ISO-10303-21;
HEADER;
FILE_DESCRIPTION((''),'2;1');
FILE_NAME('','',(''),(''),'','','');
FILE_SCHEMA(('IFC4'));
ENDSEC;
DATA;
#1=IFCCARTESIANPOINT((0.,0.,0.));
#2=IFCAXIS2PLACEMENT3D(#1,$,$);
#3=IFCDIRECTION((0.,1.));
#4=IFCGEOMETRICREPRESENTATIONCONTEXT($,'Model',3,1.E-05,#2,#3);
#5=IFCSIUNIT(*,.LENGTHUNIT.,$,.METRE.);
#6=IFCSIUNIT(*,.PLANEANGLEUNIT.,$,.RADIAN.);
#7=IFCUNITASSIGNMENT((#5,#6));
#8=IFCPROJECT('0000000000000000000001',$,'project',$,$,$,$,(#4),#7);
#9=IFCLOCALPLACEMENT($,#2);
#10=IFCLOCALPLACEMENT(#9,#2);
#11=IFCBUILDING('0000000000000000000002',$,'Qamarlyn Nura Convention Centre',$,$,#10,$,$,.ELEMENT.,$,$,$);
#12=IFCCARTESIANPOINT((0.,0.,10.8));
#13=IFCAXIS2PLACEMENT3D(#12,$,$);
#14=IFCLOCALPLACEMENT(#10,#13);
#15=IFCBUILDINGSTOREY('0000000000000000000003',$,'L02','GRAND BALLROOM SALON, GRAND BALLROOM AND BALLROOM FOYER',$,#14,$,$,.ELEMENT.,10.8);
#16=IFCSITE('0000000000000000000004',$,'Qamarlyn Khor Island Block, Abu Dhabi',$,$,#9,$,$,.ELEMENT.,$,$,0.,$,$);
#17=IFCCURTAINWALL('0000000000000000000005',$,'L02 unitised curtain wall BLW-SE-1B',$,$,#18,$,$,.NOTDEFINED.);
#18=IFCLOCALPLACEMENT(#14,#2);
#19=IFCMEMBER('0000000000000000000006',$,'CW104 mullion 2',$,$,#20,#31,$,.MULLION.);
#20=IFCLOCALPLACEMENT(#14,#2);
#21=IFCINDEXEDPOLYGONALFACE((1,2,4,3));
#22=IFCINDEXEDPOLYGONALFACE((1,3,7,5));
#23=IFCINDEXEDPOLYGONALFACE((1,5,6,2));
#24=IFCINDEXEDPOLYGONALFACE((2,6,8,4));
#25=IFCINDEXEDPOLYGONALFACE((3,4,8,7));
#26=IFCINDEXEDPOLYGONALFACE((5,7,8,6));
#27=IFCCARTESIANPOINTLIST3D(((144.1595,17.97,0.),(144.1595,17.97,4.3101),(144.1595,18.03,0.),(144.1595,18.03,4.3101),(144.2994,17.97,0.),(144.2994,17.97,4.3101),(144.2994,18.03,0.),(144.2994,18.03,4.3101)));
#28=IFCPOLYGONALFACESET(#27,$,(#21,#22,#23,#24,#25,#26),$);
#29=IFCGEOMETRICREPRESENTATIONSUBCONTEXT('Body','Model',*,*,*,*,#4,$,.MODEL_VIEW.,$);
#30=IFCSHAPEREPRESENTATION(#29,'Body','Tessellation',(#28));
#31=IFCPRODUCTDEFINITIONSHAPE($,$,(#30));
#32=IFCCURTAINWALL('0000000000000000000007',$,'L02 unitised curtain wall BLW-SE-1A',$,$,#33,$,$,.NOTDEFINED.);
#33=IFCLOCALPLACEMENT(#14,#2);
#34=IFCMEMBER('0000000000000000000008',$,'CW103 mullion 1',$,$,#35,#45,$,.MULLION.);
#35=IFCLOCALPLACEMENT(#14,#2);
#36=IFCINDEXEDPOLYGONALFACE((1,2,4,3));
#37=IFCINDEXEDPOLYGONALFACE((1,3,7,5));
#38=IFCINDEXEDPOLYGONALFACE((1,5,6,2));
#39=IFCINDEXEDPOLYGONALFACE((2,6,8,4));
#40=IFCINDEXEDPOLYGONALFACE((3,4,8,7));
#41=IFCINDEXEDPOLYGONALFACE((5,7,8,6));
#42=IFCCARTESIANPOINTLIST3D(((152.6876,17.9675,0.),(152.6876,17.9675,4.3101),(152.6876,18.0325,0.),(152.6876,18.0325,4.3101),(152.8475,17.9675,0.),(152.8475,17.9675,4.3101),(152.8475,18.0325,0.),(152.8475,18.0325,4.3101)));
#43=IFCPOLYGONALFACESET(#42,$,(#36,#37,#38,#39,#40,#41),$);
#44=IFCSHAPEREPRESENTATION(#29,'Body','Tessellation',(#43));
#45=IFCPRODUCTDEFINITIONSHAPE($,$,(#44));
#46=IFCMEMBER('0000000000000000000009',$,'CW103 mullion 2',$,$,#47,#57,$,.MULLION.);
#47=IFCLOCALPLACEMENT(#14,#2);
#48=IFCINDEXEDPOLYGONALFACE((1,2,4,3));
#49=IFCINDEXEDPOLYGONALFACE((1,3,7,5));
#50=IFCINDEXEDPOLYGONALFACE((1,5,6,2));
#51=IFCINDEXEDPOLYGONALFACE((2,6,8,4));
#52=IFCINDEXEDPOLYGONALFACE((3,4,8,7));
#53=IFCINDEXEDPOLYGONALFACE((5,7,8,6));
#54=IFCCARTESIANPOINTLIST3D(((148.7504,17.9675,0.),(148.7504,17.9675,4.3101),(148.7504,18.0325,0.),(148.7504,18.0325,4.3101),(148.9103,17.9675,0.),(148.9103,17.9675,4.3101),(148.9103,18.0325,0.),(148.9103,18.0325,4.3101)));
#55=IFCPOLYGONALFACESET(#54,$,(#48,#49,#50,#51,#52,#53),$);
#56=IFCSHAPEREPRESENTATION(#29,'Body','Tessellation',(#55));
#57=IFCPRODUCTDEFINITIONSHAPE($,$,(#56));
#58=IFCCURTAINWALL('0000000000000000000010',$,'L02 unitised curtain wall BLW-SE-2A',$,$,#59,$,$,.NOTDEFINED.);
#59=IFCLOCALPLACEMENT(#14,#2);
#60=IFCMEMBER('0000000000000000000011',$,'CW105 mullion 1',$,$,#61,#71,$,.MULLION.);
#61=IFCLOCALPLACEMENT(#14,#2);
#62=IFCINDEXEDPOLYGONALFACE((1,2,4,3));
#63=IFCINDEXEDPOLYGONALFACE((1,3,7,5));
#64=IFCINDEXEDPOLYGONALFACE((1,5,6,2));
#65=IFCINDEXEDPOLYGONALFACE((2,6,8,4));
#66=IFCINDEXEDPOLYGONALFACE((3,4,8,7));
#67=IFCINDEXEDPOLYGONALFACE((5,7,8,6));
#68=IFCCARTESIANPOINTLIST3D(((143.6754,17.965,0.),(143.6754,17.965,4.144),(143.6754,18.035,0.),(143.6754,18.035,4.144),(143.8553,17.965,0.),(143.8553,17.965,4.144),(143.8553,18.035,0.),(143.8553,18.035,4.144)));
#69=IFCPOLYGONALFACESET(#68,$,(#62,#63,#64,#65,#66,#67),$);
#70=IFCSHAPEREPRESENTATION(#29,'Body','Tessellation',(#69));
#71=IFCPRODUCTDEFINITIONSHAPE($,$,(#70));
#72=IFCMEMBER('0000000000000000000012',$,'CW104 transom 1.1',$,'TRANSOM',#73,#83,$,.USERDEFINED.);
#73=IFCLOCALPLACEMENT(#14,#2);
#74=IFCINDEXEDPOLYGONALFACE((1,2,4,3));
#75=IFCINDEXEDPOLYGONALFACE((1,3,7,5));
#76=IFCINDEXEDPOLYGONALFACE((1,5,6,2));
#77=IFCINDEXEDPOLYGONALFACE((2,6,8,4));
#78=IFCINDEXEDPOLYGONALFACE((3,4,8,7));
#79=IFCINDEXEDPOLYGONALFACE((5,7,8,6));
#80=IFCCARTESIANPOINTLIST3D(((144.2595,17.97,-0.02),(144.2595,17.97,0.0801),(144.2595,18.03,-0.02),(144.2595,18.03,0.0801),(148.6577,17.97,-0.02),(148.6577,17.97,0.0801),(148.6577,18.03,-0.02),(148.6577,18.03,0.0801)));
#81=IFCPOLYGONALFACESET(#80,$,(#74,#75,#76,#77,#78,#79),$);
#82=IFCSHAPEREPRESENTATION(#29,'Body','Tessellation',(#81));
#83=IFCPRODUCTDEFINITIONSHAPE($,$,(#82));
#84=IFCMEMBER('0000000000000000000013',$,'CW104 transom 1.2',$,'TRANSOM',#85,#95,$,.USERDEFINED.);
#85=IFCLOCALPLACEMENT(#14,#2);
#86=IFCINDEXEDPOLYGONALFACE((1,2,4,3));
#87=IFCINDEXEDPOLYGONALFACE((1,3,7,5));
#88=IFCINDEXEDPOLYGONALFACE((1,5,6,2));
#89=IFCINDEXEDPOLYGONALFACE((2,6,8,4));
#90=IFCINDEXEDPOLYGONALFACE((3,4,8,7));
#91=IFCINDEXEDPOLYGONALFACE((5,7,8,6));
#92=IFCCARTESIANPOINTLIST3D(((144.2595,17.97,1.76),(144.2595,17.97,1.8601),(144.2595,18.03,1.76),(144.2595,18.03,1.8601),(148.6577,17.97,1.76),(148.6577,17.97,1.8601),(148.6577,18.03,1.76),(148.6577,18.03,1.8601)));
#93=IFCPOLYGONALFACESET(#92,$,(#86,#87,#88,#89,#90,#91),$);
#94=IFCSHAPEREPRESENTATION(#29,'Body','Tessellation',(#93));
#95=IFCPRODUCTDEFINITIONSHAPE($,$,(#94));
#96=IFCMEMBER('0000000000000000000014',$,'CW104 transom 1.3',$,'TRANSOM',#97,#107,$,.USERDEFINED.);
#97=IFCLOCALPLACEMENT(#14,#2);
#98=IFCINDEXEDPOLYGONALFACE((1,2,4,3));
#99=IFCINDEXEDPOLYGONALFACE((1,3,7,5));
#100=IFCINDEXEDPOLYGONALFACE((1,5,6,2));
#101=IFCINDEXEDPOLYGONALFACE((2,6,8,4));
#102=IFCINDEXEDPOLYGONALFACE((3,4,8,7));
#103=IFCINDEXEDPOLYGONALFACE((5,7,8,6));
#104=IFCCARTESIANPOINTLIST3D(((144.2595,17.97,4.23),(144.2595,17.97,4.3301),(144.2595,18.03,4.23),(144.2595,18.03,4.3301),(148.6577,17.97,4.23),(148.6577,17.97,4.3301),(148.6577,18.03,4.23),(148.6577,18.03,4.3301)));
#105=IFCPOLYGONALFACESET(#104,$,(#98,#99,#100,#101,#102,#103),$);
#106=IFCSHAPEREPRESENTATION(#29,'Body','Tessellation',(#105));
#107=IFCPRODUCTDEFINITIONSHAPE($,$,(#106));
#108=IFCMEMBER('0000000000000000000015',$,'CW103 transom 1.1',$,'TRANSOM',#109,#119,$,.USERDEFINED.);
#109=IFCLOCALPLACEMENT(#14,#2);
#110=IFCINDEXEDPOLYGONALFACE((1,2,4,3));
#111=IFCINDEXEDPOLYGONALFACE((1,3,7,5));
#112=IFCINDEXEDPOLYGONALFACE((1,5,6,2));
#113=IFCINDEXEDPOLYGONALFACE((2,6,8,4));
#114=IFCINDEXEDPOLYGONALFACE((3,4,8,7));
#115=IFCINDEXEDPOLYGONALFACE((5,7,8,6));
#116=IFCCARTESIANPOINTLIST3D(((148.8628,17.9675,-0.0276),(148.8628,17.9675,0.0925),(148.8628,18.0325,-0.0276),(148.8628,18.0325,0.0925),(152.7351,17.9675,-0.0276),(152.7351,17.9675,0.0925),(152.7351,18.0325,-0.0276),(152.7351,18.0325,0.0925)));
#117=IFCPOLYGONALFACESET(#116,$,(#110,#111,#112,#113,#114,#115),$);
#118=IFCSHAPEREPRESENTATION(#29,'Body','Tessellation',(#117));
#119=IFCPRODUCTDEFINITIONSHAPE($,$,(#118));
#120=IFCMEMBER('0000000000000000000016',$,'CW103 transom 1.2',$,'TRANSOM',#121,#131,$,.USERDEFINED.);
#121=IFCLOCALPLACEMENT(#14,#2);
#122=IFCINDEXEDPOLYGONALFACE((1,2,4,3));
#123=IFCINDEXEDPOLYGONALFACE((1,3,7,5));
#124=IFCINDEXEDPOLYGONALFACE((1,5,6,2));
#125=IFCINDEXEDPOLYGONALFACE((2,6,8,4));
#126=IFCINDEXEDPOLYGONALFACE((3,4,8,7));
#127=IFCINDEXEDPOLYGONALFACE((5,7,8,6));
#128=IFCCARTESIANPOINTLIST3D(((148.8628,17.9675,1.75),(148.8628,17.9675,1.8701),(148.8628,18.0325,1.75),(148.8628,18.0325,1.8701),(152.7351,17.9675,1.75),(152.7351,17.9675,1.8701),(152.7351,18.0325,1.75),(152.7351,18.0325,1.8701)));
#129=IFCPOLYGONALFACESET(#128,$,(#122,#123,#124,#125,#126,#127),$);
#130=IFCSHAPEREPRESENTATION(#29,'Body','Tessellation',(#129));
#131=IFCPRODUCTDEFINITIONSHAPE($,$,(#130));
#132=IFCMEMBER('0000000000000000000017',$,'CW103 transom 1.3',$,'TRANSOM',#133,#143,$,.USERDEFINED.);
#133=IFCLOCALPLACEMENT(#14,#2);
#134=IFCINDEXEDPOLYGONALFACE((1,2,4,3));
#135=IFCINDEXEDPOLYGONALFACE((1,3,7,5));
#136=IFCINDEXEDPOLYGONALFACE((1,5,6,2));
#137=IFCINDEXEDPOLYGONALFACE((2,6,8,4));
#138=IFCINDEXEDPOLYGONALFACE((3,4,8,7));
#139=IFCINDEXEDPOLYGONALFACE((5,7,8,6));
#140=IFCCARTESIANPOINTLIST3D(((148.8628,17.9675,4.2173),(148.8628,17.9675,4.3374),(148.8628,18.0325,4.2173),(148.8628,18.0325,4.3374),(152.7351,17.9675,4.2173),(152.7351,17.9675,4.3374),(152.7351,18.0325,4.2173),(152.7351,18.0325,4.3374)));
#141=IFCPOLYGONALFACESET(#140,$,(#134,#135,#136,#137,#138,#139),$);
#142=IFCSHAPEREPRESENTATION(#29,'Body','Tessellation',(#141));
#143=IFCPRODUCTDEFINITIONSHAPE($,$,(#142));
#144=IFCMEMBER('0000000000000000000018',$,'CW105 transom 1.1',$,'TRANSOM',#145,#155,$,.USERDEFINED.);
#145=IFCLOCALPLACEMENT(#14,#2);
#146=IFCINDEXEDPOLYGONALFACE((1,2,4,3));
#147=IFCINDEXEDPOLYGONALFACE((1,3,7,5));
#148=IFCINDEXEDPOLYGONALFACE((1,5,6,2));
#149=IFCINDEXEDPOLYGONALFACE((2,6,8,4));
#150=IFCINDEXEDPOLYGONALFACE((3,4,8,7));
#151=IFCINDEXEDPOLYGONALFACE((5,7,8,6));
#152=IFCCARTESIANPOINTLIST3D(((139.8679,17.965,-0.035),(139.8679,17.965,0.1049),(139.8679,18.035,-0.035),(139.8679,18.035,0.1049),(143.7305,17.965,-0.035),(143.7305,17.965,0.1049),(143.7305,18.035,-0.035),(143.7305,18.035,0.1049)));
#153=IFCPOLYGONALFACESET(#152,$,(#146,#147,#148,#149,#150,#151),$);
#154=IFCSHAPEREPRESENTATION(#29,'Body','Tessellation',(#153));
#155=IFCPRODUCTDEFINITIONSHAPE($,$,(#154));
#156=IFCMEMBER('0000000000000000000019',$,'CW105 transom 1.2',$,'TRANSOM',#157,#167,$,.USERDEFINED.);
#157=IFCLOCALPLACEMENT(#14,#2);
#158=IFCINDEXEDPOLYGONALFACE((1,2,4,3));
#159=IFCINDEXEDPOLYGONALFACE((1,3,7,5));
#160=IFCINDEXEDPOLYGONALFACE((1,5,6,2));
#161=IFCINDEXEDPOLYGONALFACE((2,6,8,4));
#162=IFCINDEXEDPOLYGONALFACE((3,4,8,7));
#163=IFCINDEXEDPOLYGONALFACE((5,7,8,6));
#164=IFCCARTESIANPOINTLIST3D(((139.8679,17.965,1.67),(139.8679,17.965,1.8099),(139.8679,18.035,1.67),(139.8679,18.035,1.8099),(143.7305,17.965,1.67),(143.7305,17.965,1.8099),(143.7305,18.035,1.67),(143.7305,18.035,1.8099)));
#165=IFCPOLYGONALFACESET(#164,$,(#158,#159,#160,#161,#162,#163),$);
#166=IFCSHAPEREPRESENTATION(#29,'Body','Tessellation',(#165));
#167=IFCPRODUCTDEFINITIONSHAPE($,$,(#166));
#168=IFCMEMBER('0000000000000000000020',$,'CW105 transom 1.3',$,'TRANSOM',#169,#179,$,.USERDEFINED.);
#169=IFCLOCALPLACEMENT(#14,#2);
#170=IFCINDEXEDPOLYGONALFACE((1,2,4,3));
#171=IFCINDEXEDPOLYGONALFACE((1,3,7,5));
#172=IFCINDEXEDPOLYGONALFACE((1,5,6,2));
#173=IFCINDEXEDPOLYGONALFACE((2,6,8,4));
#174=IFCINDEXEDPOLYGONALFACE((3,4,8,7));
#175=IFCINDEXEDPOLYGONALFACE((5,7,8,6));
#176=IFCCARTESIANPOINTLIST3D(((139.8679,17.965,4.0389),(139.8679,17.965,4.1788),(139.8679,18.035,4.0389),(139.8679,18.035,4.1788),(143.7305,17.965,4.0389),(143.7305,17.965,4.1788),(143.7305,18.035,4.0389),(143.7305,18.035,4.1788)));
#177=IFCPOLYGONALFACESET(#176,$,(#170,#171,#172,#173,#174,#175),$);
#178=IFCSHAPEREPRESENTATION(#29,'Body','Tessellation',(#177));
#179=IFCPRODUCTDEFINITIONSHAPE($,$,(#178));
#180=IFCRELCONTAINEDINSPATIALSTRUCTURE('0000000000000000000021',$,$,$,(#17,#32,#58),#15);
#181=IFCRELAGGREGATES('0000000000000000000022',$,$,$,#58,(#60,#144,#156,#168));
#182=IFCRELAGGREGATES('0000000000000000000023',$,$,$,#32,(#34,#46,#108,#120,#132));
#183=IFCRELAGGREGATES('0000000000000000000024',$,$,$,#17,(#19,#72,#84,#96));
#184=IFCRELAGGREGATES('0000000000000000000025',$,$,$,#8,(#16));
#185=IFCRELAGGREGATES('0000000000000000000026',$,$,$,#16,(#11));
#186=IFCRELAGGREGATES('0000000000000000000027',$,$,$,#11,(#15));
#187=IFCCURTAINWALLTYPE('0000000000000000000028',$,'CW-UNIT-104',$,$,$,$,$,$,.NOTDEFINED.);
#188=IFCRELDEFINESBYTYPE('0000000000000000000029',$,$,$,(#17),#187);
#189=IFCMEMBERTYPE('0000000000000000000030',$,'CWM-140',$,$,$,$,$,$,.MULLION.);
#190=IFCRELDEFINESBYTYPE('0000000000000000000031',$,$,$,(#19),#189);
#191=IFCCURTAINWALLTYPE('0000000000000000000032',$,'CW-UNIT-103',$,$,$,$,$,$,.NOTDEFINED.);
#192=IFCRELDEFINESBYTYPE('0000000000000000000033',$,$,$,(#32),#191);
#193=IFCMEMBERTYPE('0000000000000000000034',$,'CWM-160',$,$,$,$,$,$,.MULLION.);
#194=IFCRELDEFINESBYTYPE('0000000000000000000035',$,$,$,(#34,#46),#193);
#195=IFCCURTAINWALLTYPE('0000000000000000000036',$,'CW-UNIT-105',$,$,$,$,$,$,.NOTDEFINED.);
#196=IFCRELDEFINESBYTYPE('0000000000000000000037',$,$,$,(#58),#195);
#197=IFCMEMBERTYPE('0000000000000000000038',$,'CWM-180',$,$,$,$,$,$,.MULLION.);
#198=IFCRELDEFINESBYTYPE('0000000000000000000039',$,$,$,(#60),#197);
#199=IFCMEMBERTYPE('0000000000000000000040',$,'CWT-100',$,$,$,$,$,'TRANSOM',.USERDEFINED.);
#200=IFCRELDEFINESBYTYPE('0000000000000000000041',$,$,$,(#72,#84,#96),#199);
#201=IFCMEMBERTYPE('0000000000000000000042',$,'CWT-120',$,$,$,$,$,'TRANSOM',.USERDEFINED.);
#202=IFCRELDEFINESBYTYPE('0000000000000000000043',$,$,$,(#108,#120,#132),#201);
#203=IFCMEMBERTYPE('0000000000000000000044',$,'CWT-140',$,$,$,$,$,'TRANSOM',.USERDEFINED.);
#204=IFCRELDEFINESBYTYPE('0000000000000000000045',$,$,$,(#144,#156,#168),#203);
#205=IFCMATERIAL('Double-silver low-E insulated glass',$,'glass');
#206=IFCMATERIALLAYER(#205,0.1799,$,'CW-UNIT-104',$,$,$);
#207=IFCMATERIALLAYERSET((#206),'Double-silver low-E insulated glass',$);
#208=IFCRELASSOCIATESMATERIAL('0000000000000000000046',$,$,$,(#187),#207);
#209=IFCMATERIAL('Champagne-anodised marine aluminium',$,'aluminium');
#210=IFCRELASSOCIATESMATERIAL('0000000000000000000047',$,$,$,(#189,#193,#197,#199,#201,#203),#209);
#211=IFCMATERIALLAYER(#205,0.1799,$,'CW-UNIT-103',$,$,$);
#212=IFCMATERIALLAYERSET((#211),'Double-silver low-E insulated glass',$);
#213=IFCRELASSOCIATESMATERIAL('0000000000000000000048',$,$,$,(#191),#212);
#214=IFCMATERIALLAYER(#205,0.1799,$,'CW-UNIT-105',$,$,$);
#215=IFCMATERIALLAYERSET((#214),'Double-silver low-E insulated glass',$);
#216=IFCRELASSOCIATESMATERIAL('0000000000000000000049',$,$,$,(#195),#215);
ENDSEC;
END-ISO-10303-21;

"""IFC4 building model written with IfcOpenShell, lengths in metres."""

from ifc_helpers import new_model, si_unit, direction, frame, origin, origin_2d, place, context, subcontext, project, spatial, rectangle, extrude, material, layer, layer_set, material_profile, profile_set, type_object, element, aggregate, save


model = new_model("IFC4")

# Units and contexts
model_context = context("Model", 3, precision=1e-05, world=origin(), true_north=direction((0.0, 1.0)))
body_context = subcontext(model_context, "Body", "Model", "MODEL_VIEW")
ifc_project = project(units=[si_unit("LENGTHUNIT", "METRE"), si_unit("PLANEANGLEUNIT", "RADIAN")], contexts=[model_context])

# Site, building, storey
site_placement = place(None, origin())
site = spatial("IfcSite", under=ifc_project, at=site_placement, Name="Qamarlyn Khor Island Block, Abu Dhabi", CompositionType="ELEMENT", RefElevation=0.0)
building_placement = place(site_placement, origin())
building = spatial("IfcBuilding", under=site, at=building_placement, Name="Qamarlyn Nura Convention Centre", CompositionType="ELEMENT")
storey_placement = place(building_placement, frame((0.0, 0.0, 10.8)))
storey = spatial("IfcBuildingStorey", under=building, at=storey_placement, Name="L02", Description="GRAND BALLROOM SALON, GRAND BALLROOM AND BALLROOM FOYER", CompositionType="ELEMENT", Elevation=10.8)

# Curtain walls, members
ifc_material_1 = material(Name="Double-silver low-E insulated glass", Category="glass")
ifc_layer_1 = layer(ifc_material_1, 0.1799, Name="CW-UNIT-104")
ifc_layer_set_1 = layer_set([ifc_layer_1], Name="Double-silver low-E insulated glass")
curtain_wall_type_1 = type_object("IfcCurtainWallType", Name="CW-UNIT-104", PredefinedType="NOTDEFINED", material=ifc_layer_set_1)
curtain_wall_1_placement = place(storey_placement, origin())
curtain_wall_1 = element("IfcCurtainWall", 1, at=curtain_wall_1_placement, inside=storey, type_object=curtain_wall_type_1, Name="L02 unitised curtain wall BLW-SE-1B", PredefinedType="NOTDEFINED")
ifc_material_2 = material(Name="Champagne-anodised marine aluminium", Category="aluminium")
ifc_material_profile_1 = material_profile(ifc_material_2, rectangle(XDim=0.0601, YDim=0.1399, at=origin_2d()), Name="ALU MULLION 60x140")
ifc_profile_set_1 = profile_set([ifc_material_profile_1], Name="Champagne-anodised marine aluminium")
member_type_1 = type_object("IfcMemberType", Name="CWM-140", PredefinedType="MULLION", material=ifc_profile_set_1)
member_1_placement = place(storey_placement, frame((144.2295, 18.0, 0.0), z_axis=(0.0, 0.0, 1.0), x_axis=(0.0, -1.0, 0.0)))
member_1 = element("IfcMember", 2, at=member_1_placement, type_object=member_type_1, Name="CW104 mullion 2", PredefinedType="MULLION", context=body_context, shape_type="SweptSolid", body=[
    extrude(rectangle(XDim=0.0601, YDim=0.1399, at=origin_2d()), origin(), (0.0, 0.0, 1.0), 4.3101),
])
ifc_layer_2 = layer(ifc_material_1, 0.1799, Name="CW-UNIT-103")
ifc_layer_set_2 = layer_set([ifc_layer_2], Name="Double-silver low-E insulated glass")
curtain_wall_type_2 = type_object("IfcCurtainWallType", Name="CW-UNIT-103", PredefinedType="NOTDEFINED", material=ifc_layer_set_2)
curtain_wall_2_placement = place(storey_placement, origin())
curtain_wall_2 = element("IfcCurtainWall", 3, at=curtain_wall_2_placement, inside=storey, type_object=curtain_wall_type_2, Name="L02 unitised curtain wall BLW-SE-1A", PredefinedType="NOTDEFINED")
ifc_material_profile_2 = material_profile(ifc_material_2, rectangle(XDim=0.0649, YDim=0.1599, at=origin_2d()), Name="ALU MULLION 65x160")
ifc_profile_set_2 = profile_set([ifc_material_profile_2], Name="Champagne-anodised marine aluminium")
member_type_2 = type_object("IfcMemberType", Name="CWM-160", PredefinedType="MULLION", material=ifc_profile_set_2)
member_2_placement = place(storey_placement, frame((152.7676, 18.0, 0.0), z_axis=(0.0, 0.0, 1.0), x_axis=(0.0, -1.0, 0.0)))
member_2 = element("IfcMember", 4, at=member_2_placement, type_object=member_type_2, Name="CW103 mullion 1", PredefinedType="MULLION", context=body_context, shape_type="SweptSolid", body=[
    extrude(rectangle(XDim=0.0649, YDim=0.1599, at=origin_2d()), origin(), (0.0, 0.0, 1.0), 4.3101),
])
member_3_placement = place(storey_placement, frame((148.8303, 18.0, 0.0), z_axis=(0.0, 0.0, 1.0), x_axis=(0.0, -1.0, 0.0)))
member_3 = element("IfcMember", 5, at=member_3_placement, type_object=member_type_2, Name="CW103 mullion 2", PredefinedType="MULLION", context=body_context, shape_type="SweptSolid", body=[
    extrude(rectangle(XDim=0.0649, YDim=0.1599, at=origin_2d()), origin(), (0.0, 0.0, 1.0), 4.3101),
])

# Curtain wall, member
ifc_layer_3 = layer(ifc_material_1, 0.1799, Name="CW-UNIT-105")
ifc_layer_set_3 = layer_set([ifc_layer_3], Name="Double-silver low-E insulated glass")
curtain_wall_type_3 = type_object("IfcCurtainWallType", Name="CW-UNIT-105", PredefinedType="NOTDEFINED", material=ifc_layer_set_3)
curtain_wall_3_placement = place(storey_placement, origin())
curtain_wall_3 = element("IfcCurtainWall", 6, at=curtain_wall_3_placement, inside=storey, type_object=curtain_wall_type_3, Name="L02 unitised curtain wall BLW-SE-2A", PredefinedType="NOTDEFINED")
ifc_material_profile_3 = material_profile(ifc_material_2, rectangle(XDim=0.0701, YDim=0.1799, at=origin_2d()), Name="ALU MULLION 70x180")
ifc_profile_set_3 = profile_set([ifc_material_profile_3], Name="Champagne-anodised marine aluminium")
member_type_3 = type_object("IfcMemberType", Name="CWM-180", PredefinedType="MULLION", material=ifc_profile_set_3)
member_4_placement = place(storey_placement, frame((143.7654, 18.0, 0.0), z_axis=(0.0, 0.0, 1.0), x_axis=(0.0, -1.0, 0.0)))
member_4 = element("IfcMember", 7, at=member_4_placement, type_object=member_type_3, Name="CW105 mullion 1", PredefinedType="MULLION", context=body_context, shape_type="SweptSolid", body=[
    extrude(rectangle(XDim=0.0701, YDim=0.1799, at=origin_2d()), origin(), (0.0, 0.0, 1.0), 4.144),
])

# Members
ifc_material_profile_4 = material_profile(ifc_material_2, rectangle(XDim=0.0601, YDim=0.1001, at=origin_2d()), Name="ALU TRANSOM 60x100")
ifc_profile_set_4 = profile_set([ifc_material_profile_4], Name="Champagne-anodised marine aluminium")
member_type_4 = type_object("IfcMemberType", Name="CWT-100", ElementType="TRANSOM", PredefinedType="USERDEFINED", material=ifc_profile_set_4)
member_5_placement = place(storey_placement, frame((148.6577, 18.0, 0.03), z_axis=(-1.0, 0.0, 0.0), x_axis=(0.0, -1.0, 0.0)))
member_5 = element("IfcMember", 8, at=member_5_placement, type_object=member_type_4, Name="CW104 transom 1.1", ObjectType="TRANSOM", PredefinedType="USERDEFINED", context=body_context, shape_type="SweptSolid", body=[
    extrude(rectangle(XDim=0.0601, YDim=0.1001, at=origin_2d()), origin(), (0.0, 0.0, 1.0), 4.3982),
])
member_6_placement = place(storey_placement, frame((148.6577, 18.0, 1.8101), z_axis=(-1.0, 0.0, 0.0), x_axis=(0.0, -1.0, 0.0)))
member_6 = element("IfcMember", 9, at=member_6_placement, type_object=member_type_4, Name="CW104 transom 1.2", ObjectType="TRANSOM", PredefinedType="USERDEFINED", context=body_context, shape_type="SweptSolid", body=[
    extrude(rectangle(XDim=0.0601, YDim=0.1001, at=origin_2d()), origin(), (0.0, 0.0, 1.0), 4.3982),
])
member_7_placement = place(storey_placement, frame((148.6577, 18.0, 4.28), z_axis=(-1.0, 0.0, 0.0), x_axis=(0.0, -1.0, 0.0)))
member_7 = element("IfcMember", 10, at=member_7_placement, type_object=member_type_4, Name="CW104 transom 1.3", ObjectType="TRANSOM", PredefinedType="USERDEFINED", context=body_context, shape_type="SweptSolid", body=[
    extrude(rectangle(XDim=0.0601, YDim=0.1001, at=origin_2d()), origin(), (0.0, 0.0, 1.0), 4.3982),
])
ifc_material_profile_5 = material_profile(ifc_material_2, rectangle(XDim=0.0649, YDim=0.1201, at=origin_2d()), Name="ALU TRANSOM 65x120")
ifc_profile_set_5 = profile_set([ifc_material_profile_5], Name="Champagne-anodised marine aluminium")
member_type_5 = type_object("IfcMemberType", Name="CWT-120", ElementType="TRANSOM", PredefinedType="USERDEFINED", material=ifc_profile_set_5)
member_8_placement = place(storey_placement, frame((152.7351, 18.0, 0.0325), z_axis=(-1.0, 0.0, 0.0), x_axis=(0.0, -1.0, 0.0)))
member_8 = element("IfcMember", 11, at=member_8_placement, type_object=member_type_5, Name="CW103 transom 1.1", ObjectType="TRANSOM", PredefinedType="USERDEFINED", context=body_context, shape_type="SweptSolid", body=[
    extrude(rectangle(XDim=0.0649, YDim=0.1201, at=origin_2d()), origin(), (0.0, 0.0, 1.0), 3.8723),
])
member_9_placement = place(storey_placement, frame((152.7351, 18.0, 1.8101), z_axis=(-1.0, 0.0, 0.0), x_axis=(0.0, -1.0, 0.0)))
member_9 = element("IfcMember", 12, at=member_9_placement, type_object=member_type_5, Name="CW103 transom 1.2", ObjectType="TRANSOM", PredefinedType="USERDEFINED", context=body_context, shape_type="SweptSolid", body=[
    extrude(rectangle(XDim=0.0649, YDim=0.1201, at=origin_2d()), origin(), (0.0, 0.0, 1.0), 3.8723),
])
member_10_placement = place(storey_placement, frame((152.7351, 18.0, 4.2773), z_axis=(-1.0, 0.0, 0.0), x_axis=(0.0, -1.0, 0.0)))
member_10 = element("IfcMember", 13, at=member_10_placement, type_object=member_type_5, Name="CW103 transom 1.3", ObjectType="TRANSOM", PredefinedType="USERDEFINED", context=body_context, shape_type="SweptSolid", body=[
    extrude(rectangle(XDim=0.0649, YDim=0.1201, at=origin_2d()), origin(), (0.0, 0.0, 1.0), 3.8723),
])
ifc_material_profile_6 = material_profile(ifc_material_2, rectangle(XDim=0.0701, YDim=0.1399, at=origin_2d()), Name="ALU TRANSOM 70x140")
ifc_profile_set_6 = profile_set([ifc_material_profile_6], Name="Champagne-anodised marine aluminium")
member_type_6 = type_object("IfcMemberType", Name="CWT-140", ElementType="TRANSOM", PredefinedType="USERDEFINED", material=ifc_profile_set_6)
member_11_placement = place(storey_placement, frame((143.7305, 18.0, 0.0349), z_axis=(-1.0, 0.0, 0.0), x_axis=(0.0, -1.0, 0.0)))
member_11 = element("IfcMember", 14, at=member_11_placement, type_object=member_type_6, Name="CW105 transom 1.1", ObjectType="TRANSOM", PredefinedType="USERDEFINED", context=body_context, shape_type="SweptSolid", body=[
    extrude(rectangle(XDim=0.0701, YDim=0.1399, at=origin_2d()), origin(), (0.0, 0.0, 1.0), 3.8625),
])
member_12_placement = place(storey_placement, frame((143.7305, 18.0, 1.74), z_axis=(-1.0, 0.0, 0.0), x_axis=(0.0, -1.0, 0.0)))
member_12 = element("IfcMember", 15, at=member_12_placement, type_object=member_type_6, Name="CW105 transom 1.2", ObjectType="TRANSOM", PredefinedType="USERDEFINED", context=body_context, shape_type="SweptSolid", body=[
    extrude(rectangle(XDim=0.0701, YDim=0.1399, at=origin_2d()), origin(), (0.0, 0.0, 1.0), 3.8625),
])
member_13_placement = place(storey_placement, frame((143.7305, 18.0, 4.1089), z_axis=(-1.0, 0.0, 0.0), x_axis=(0.0, -1.0, 0.0)))
member_13 = element("IfcMember", 16, at=member_13_placement, type_object=member_type_6, Name="CW105 transom 1.3", ObjectType="TRANSOM", PredefinedType="USERDEFINED", context=body_context, shape_type="SweptSolid", body=[
    extrude(rectangle(XDim=0.0701, YDim=0.1399, at=origin_2d()), origin(), (0.0, 0.0, 1.0), 3.8625),
])
aggregate(curtain_wall_3, [member_4, member_11, member_12, member_13])

aggregate(curtain_wall_2, [member_2, member_3, member_8, member_9, member_10])
aggregate(curtain_wall_1, [member_1, member_5, member_6, member_7])

save(model, "model.ifc")
